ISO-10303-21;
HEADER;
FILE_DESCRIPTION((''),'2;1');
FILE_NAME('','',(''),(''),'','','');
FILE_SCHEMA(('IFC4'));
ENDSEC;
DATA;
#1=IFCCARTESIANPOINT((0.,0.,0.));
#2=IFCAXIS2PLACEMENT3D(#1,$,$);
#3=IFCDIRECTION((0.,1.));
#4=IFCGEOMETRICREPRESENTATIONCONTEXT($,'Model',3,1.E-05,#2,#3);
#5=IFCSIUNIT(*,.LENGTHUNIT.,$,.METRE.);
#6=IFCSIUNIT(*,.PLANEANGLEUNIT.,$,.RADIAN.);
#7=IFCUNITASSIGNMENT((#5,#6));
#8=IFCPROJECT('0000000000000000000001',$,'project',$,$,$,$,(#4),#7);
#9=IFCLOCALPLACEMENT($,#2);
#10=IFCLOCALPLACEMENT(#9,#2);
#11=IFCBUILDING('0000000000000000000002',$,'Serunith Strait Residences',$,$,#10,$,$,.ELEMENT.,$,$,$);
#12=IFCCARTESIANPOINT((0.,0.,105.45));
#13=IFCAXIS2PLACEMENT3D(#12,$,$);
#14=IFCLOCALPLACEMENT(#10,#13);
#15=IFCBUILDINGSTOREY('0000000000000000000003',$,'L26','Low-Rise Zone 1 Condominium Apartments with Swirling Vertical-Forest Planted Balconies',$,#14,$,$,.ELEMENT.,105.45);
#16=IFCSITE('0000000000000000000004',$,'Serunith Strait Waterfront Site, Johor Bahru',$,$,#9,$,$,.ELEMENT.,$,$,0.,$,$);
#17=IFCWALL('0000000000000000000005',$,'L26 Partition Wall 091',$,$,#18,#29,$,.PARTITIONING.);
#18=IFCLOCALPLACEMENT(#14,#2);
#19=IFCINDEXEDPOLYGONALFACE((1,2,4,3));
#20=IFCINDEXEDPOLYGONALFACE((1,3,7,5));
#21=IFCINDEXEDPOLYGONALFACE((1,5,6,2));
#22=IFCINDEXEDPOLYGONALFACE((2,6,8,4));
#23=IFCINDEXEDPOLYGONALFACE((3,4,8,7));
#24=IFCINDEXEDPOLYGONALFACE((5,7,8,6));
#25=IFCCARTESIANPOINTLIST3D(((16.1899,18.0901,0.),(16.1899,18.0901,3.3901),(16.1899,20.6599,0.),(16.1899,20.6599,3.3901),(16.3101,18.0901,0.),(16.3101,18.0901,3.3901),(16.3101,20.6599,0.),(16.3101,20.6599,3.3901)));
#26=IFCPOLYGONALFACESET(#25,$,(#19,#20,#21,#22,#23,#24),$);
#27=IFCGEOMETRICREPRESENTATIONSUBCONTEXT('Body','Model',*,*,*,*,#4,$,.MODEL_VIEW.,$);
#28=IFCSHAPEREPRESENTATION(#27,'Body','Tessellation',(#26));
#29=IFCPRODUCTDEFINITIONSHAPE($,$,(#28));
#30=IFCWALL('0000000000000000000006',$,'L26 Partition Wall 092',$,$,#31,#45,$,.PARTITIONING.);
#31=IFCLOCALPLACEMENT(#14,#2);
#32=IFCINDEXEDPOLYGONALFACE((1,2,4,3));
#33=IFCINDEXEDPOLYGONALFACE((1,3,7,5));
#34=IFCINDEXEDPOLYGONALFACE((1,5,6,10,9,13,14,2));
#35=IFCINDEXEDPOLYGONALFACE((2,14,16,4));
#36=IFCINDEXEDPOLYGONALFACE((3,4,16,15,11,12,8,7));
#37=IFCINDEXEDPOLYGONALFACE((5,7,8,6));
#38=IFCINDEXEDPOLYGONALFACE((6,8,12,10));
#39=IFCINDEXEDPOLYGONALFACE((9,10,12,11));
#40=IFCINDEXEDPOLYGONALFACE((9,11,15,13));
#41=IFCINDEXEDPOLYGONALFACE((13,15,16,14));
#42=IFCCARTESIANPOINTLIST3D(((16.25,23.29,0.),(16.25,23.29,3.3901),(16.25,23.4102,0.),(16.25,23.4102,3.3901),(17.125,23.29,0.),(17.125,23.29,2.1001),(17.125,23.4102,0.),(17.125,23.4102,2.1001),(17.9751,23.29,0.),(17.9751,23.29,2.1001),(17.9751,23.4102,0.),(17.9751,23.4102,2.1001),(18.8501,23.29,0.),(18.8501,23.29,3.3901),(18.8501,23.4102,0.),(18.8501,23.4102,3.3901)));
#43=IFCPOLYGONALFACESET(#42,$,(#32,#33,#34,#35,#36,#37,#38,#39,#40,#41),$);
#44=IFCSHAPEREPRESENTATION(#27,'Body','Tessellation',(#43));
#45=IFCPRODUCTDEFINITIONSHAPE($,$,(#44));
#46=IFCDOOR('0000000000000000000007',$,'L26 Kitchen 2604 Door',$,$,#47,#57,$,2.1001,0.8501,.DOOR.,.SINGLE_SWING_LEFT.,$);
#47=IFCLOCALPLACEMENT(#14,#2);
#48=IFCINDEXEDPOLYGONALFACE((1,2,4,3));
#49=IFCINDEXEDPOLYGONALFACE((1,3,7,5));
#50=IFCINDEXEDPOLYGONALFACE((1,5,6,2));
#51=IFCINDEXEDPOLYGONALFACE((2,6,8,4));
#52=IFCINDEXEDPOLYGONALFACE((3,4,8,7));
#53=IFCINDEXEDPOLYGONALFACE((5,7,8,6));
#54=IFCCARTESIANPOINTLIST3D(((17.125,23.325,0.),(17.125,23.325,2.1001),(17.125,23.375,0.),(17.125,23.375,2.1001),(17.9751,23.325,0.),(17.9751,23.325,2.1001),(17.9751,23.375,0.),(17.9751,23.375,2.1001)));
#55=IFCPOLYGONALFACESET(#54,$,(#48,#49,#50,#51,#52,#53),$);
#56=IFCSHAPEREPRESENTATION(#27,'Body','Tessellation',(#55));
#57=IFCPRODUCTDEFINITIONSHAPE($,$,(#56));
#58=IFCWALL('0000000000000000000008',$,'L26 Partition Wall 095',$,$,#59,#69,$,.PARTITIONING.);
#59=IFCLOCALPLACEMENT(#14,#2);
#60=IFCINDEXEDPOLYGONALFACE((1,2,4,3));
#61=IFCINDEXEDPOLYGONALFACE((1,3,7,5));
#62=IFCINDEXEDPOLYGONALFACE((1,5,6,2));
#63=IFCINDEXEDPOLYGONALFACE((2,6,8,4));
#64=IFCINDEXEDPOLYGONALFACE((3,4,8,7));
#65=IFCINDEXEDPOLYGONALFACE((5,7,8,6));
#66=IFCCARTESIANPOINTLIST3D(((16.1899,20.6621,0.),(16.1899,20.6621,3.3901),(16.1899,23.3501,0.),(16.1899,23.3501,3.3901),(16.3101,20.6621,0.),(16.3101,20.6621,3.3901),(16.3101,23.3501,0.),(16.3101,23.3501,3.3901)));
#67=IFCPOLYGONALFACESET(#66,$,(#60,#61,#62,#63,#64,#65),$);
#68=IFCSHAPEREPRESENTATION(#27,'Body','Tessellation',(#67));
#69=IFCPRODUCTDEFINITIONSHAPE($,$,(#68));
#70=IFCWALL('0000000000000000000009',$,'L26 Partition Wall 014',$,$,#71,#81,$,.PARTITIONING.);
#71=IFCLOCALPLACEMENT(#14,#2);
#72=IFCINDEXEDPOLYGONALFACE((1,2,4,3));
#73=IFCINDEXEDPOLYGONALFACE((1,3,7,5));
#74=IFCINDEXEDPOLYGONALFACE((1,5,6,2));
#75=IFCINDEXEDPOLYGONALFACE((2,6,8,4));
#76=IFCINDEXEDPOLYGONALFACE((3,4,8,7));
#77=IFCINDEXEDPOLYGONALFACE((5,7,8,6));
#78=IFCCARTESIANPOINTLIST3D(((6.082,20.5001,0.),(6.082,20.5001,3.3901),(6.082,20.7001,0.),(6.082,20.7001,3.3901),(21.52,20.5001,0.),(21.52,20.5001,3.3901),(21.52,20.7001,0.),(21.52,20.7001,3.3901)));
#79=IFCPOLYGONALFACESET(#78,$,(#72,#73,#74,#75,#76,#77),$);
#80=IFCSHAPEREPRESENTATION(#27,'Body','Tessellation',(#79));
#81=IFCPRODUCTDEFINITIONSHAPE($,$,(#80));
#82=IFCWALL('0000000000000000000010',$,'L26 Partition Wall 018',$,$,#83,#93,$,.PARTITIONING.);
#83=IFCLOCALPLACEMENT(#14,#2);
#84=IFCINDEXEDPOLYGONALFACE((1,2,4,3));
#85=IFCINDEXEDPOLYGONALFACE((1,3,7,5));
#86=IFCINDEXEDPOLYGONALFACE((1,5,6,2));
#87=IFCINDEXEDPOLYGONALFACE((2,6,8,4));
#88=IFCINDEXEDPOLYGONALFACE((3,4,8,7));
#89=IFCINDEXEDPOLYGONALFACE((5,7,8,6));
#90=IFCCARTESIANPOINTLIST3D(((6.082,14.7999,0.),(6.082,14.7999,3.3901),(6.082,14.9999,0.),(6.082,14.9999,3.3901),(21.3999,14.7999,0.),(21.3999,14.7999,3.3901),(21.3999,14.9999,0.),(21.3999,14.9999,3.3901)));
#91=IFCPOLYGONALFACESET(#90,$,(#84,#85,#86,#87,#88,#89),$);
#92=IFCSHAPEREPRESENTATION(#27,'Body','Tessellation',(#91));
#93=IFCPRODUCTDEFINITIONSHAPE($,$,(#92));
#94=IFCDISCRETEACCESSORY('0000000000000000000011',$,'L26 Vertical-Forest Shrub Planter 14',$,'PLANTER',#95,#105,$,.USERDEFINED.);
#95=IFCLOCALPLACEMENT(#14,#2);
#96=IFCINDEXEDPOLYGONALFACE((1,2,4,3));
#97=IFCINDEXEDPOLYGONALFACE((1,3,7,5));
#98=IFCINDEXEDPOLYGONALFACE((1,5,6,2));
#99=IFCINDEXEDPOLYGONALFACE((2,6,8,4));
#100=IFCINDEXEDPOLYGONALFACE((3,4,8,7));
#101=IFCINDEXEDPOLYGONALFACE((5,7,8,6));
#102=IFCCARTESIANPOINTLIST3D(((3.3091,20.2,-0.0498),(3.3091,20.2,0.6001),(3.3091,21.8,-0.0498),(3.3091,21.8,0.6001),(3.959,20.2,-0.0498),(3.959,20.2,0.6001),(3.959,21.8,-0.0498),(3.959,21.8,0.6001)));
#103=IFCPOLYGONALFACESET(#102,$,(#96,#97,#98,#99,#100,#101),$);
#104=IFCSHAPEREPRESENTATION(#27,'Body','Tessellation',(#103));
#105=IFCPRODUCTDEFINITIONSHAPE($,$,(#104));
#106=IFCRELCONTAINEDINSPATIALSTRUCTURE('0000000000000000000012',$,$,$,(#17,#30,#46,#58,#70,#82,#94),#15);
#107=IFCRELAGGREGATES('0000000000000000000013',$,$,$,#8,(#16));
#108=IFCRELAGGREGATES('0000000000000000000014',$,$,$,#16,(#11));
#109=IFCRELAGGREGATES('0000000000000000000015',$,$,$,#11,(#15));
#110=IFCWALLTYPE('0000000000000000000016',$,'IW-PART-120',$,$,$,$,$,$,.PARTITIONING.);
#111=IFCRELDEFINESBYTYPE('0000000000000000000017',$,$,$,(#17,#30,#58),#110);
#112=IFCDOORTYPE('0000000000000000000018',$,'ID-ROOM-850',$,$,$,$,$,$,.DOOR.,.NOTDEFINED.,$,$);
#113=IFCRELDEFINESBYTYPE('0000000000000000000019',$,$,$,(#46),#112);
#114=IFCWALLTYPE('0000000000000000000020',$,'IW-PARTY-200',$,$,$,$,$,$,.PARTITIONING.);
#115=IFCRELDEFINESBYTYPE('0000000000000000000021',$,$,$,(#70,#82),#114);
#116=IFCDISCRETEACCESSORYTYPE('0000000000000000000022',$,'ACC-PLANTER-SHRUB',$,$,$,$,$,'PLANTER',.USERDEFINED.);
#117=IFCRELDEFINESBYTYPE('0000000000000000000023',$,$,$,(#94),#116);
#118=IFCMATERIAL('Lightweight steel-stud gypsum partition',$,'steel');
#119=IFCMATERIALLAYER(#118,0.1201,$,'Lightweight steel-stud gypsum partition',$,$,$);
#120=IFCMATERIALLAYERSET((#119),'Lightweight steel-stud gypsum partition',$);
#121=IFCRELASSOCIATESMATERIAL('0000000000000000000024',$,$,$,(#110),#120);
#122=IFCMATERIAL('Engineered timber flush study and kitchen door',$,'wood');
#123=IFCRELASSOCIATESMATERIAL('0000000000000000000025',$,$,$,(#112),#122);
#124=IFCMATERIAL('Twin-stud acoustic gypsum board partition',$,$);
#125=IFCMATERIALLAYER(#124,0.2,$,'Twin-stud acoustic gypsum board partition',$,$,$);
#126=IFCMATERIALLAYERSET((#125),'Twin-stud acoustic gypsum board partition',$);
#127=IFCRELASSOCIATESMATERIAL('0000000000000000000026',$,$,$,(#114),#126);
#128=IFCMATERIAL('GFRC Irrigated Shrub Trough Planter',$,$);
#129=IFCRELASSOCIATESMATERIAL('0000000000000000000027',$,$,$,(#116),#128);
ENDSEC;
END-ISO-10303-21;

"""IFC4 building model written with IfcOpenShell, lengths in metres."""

from ifc_helpers import new_model, si_unit, direction, frame, frame_2d, origin, origin_2d, place, context, subcontext, project, spatial, rectangle, extrude, source, transform, mapped, material, layer, layer_set, type_object, element, fill, save


model = new_model("IFC4")

# Units and contexts
model_context = context("Model", 3, precision=1e-05, world=origin(), true_north=direction((0.0, 1.0)))
body_context = subcontext(model_context, "Body", "Model", "MODEL_VIEW")
ifc_project = project(units=[si_unit("LENGTHUNIT", "METRE"), si_unit("PLANEANGLEUNIT", "RADIAN")], contexts=[model_context])

# Site, building, storey
site_placement = place(None, origin())
site = spatial("IfcSite", under=ifc_project, at=site_placement, Name="Serunith Strait Waterfront Site, Johor Bahru", CompositionType="ELEMENT", RefElevation=0.0)
building_placement = place(site_placement, origin())
building = spatial("IfcBuilding", under=site, at=building_placement, Name="Serunith Strait Residences", CompositionType="ELEMENT")
storey_placement = place(building_placement, frame((0.0, 0.0, 105.45)))
storey = spatial("IfcBuildingStorey", under=building, at=storey_placement, Name="L26", Description="Low-Rise Zone 1 Condominium Apartments with Swirling Vertical-Forest Planted Balconies", CompositionType="ELEMENT", Elevation=105.45)

# Shared definitions
ifc_material_1 = material(Name="Lightweight steel-stud gypsum partition", Category="steel")
ifc_layer_1 = layer(ifc_material_1, 0.1201, Name="Lightweight steel-stud gypsum partition")
ifc_layer_set_1 = layer_set([ifc_layer_1], Name="Lightweight steel-stud gypsum partition")
wall_type_1 = type_object("IfcWallType", Name="IW-PART-120", PredefinedType="PARTITIONING", material=ifc_layer_set_1)

# Shared definitions
ifc_material_2 = material(Name="Engineered timber flush study and kitchen door", Category="wood")
door_type = type_object("IfcDoorType", Name="ID-ROOM-850", OperationType="NOTDEFINED", PredefinedType="DOOR", material=ifc_material_2)
shared_shape_1 = source(origin(), body_context, "Body", "SweptSolid", [
    extrude(rectangle(XDim=0.8501, YDim=2.1001, at=frame_2d((0.425, 1.05))), frame((0.0, 0.0249, 0.0), z_axis=(0.0, -1.0, 0.0), x_axis=(1.0, 0.0, 0.0)), (0.0, 0.0, 1.0), 0.05),
])

# Wall
wall_1_placement = place(storey_placement, frame((16.25, 18.0901, 0.0), z_axis=(0.0, 0.0, 1.0), x_axis=(0.0, 1.0, 0.0)))
element("IfcWall", 1, at=wall_1_placement, inside=storey, type_object=wall_type_1, Name="L26 Partition Wall 091", PredefinedType="PARTITIONING", context=body_context, shape_type="SweptSolid", body=[
    extrude(rectangle(XDim=2.5698, YDim=0.1201, at=frame_2d((1.2849, 0.0))), origin(), (0.0, 0.0, 1.0), 3.3901),
])

# Wall, opening, door
wall_2_placement = place(storey_placement, frame((16.25, 23.3501, 0.0), z_axis=(0.0, 0.0, 1.0), x_axis=(1.0, 0.0, 0.0)))
wall_2 = element("IfcWall", 2, at=wall_2_placement, inside=storey, type_object=wall_type_1, Name="L26 Partition Wall 092", PredefinedType="PARTITIONING", context=body_context, shape_type="SweptSolid", body=[
    extrude(rectangle(XDim=2.6001, YDim=0.1201, at=frame_2d((1.3, 0.0))), origin(), (0.0, 0.0, 1.0), 3.3901),
])
opening_1_placement = place(wall_2_placement, frame((0.875, 0.0, 0.0)))
opening_1 = element("IfcOpeningElement", 3, at=opening_1_placement, cuts=wall_2, PredefinedType="OPENING", context=body_context, shape_type="SweptSolid", body=[
    extrude(rectangle(XDim=0.8501, YDim=2.1001, at=frame_2d((0.425, 1.05))), frame((0.0, 0.0701, 0.0), z_axis=(0.0, -1.0, 0.0), x_axis=(1.0, 0.0, 0.0)), (0.0, 0.0, 1.0), 0.1401),
])
door_1_placement = place(opening_1_placement, origin())
door_1 = element("IfcDoor", 4, at=door_1_placement, inside=storey, type_object=door_type, Name="L26 Kitchen 2604 Door", OperationType="SINGLE_SWING_LEFT", OverallHeight=2.1001, OverallWidth=0.8501, PredefinedType="DOOR", context=body_context, shape_type="MappedRepresentation", body=[
    mapped(shared_shape_1, transform((0.0, 0.0, 0.0), scale=1.0)),
])
fill(opening_1, door_1)

# Walls
wall_3_placement = place(storey_placement, frame((16.25, 20.6621, 0.0), z_axis=(0.0, 0.0, 1.0), x_axis=(0.0, 1.0, 0.0)))
element("IfcWall", 5, at=wall_3_placement, inside=storey, type_object=wall_type_1, Name="L26 Partition Wall 095", PredefinedType="PARTITIONING", context=body_context, shape_type="SweptSolid", body=[
    extrude(rectangle(XDim=2.688, YDim=0.1201, at=frame_2d((1.344, 0.0))), origin(), (0.0, 0.0, 1.0), 3.3901),
])
ifc_material_3 = material(Name="Twin-stud acoustic gypsum board partition")
ifc_layer_2 = layer(ifc_material_3, 0.2, Name="Twin-stud acoustic gypsum board partition")
ifc_layer_set_2 = layer_set([ifc_layer_2], Name="Twin-stud acoustic gypsum board partition")
wall_type_2 = type_object("IfcWallType", Name="IW-PARTY-200", PredefinedType="PARTITIONING", material=ifc_layer_set_2)
wall_4_placement = place(storey_placement, frame((6.082, 20.6001, 0.0), z_axis=(0.0, 0.0, 1.0), x_axis=(1.0, 0.0, 0.0)))
element("IfcWall", 6, at=wall_4_placement, inside=storey, type_object=wall_type_2, Name="L26 Partition Wall 014", PredefinedType="PARTITIONING", context=body_context, shape_type="SweptSolid", body=[
    extrude(rectangle(XDim=15.438, YDim=0.2, at=frame_2d((7.719, 0.0))), origin(), (0.0, 0.0, 1.0), 3.3901),
])
wall_5_placement = place(storey_placement, frame((6.082, 14.8999, 0.0), z_axis=(0.0, 0.0, 1.0), x_axis=(1.0, 0.0, 0.0)))
element("IfcWall", 7, at=wall_5_placement, inside=storey, type_object=wall_type_2, Name="L26 Partition Wall 018", PredefinedType="PARTITIONING", context=body_context, shape_type="SweptSolid", body=[
    extrude(rectangle(XDim=15.3179, YDim=0.2, at=frame_2d((7.6589, 0.0))), origin(), (0.0, 0.0, 1.0), 3.3901),
])

# Discrete accessory
ifc_material_4 = material(Name="GFRC Irrigated Shrub Trough Planter")
discrete_accessory_type = type_object("IfcDiscreteAccessoryType", Name="ACC-PLANTER-SHRUB", ElementType="PLANTER", PredefinedType="USERDEFINED", material=ifc_material_4)
shared_shape_2 = source(origin(), body_context, "Body", "SweptSolid", [
    extrude(rectangle(XDim=1.6001, YDim=0.6499, at=origin_2d()), origin(), (0.0, 0.0, 1.0), 0.6499),
])
discrete_accessory_placement = place(storey_placement, frame((3.634, 21.0, -0.0498), z_axis=(0.0, 0.0, 1.0), x_axis=(0.0, -1.0, 0.0)))
element("IfcDiscreteAccessory", 8, at=discrete_accessory_placement, inside=storey, type_object=discrete_accessory_type, Name="L26 Vertical-Forest Shrub Planter 14", ObjectType="PLANTER", PredefinedType="USERDEFINED", context=body_context, shape_type="MappedRepresentation", body=[
    mapped(shared_shape_2, transform((0.0, 0.0, 0.0), scale=1.0)),
])

save(model, "model.ifc")
